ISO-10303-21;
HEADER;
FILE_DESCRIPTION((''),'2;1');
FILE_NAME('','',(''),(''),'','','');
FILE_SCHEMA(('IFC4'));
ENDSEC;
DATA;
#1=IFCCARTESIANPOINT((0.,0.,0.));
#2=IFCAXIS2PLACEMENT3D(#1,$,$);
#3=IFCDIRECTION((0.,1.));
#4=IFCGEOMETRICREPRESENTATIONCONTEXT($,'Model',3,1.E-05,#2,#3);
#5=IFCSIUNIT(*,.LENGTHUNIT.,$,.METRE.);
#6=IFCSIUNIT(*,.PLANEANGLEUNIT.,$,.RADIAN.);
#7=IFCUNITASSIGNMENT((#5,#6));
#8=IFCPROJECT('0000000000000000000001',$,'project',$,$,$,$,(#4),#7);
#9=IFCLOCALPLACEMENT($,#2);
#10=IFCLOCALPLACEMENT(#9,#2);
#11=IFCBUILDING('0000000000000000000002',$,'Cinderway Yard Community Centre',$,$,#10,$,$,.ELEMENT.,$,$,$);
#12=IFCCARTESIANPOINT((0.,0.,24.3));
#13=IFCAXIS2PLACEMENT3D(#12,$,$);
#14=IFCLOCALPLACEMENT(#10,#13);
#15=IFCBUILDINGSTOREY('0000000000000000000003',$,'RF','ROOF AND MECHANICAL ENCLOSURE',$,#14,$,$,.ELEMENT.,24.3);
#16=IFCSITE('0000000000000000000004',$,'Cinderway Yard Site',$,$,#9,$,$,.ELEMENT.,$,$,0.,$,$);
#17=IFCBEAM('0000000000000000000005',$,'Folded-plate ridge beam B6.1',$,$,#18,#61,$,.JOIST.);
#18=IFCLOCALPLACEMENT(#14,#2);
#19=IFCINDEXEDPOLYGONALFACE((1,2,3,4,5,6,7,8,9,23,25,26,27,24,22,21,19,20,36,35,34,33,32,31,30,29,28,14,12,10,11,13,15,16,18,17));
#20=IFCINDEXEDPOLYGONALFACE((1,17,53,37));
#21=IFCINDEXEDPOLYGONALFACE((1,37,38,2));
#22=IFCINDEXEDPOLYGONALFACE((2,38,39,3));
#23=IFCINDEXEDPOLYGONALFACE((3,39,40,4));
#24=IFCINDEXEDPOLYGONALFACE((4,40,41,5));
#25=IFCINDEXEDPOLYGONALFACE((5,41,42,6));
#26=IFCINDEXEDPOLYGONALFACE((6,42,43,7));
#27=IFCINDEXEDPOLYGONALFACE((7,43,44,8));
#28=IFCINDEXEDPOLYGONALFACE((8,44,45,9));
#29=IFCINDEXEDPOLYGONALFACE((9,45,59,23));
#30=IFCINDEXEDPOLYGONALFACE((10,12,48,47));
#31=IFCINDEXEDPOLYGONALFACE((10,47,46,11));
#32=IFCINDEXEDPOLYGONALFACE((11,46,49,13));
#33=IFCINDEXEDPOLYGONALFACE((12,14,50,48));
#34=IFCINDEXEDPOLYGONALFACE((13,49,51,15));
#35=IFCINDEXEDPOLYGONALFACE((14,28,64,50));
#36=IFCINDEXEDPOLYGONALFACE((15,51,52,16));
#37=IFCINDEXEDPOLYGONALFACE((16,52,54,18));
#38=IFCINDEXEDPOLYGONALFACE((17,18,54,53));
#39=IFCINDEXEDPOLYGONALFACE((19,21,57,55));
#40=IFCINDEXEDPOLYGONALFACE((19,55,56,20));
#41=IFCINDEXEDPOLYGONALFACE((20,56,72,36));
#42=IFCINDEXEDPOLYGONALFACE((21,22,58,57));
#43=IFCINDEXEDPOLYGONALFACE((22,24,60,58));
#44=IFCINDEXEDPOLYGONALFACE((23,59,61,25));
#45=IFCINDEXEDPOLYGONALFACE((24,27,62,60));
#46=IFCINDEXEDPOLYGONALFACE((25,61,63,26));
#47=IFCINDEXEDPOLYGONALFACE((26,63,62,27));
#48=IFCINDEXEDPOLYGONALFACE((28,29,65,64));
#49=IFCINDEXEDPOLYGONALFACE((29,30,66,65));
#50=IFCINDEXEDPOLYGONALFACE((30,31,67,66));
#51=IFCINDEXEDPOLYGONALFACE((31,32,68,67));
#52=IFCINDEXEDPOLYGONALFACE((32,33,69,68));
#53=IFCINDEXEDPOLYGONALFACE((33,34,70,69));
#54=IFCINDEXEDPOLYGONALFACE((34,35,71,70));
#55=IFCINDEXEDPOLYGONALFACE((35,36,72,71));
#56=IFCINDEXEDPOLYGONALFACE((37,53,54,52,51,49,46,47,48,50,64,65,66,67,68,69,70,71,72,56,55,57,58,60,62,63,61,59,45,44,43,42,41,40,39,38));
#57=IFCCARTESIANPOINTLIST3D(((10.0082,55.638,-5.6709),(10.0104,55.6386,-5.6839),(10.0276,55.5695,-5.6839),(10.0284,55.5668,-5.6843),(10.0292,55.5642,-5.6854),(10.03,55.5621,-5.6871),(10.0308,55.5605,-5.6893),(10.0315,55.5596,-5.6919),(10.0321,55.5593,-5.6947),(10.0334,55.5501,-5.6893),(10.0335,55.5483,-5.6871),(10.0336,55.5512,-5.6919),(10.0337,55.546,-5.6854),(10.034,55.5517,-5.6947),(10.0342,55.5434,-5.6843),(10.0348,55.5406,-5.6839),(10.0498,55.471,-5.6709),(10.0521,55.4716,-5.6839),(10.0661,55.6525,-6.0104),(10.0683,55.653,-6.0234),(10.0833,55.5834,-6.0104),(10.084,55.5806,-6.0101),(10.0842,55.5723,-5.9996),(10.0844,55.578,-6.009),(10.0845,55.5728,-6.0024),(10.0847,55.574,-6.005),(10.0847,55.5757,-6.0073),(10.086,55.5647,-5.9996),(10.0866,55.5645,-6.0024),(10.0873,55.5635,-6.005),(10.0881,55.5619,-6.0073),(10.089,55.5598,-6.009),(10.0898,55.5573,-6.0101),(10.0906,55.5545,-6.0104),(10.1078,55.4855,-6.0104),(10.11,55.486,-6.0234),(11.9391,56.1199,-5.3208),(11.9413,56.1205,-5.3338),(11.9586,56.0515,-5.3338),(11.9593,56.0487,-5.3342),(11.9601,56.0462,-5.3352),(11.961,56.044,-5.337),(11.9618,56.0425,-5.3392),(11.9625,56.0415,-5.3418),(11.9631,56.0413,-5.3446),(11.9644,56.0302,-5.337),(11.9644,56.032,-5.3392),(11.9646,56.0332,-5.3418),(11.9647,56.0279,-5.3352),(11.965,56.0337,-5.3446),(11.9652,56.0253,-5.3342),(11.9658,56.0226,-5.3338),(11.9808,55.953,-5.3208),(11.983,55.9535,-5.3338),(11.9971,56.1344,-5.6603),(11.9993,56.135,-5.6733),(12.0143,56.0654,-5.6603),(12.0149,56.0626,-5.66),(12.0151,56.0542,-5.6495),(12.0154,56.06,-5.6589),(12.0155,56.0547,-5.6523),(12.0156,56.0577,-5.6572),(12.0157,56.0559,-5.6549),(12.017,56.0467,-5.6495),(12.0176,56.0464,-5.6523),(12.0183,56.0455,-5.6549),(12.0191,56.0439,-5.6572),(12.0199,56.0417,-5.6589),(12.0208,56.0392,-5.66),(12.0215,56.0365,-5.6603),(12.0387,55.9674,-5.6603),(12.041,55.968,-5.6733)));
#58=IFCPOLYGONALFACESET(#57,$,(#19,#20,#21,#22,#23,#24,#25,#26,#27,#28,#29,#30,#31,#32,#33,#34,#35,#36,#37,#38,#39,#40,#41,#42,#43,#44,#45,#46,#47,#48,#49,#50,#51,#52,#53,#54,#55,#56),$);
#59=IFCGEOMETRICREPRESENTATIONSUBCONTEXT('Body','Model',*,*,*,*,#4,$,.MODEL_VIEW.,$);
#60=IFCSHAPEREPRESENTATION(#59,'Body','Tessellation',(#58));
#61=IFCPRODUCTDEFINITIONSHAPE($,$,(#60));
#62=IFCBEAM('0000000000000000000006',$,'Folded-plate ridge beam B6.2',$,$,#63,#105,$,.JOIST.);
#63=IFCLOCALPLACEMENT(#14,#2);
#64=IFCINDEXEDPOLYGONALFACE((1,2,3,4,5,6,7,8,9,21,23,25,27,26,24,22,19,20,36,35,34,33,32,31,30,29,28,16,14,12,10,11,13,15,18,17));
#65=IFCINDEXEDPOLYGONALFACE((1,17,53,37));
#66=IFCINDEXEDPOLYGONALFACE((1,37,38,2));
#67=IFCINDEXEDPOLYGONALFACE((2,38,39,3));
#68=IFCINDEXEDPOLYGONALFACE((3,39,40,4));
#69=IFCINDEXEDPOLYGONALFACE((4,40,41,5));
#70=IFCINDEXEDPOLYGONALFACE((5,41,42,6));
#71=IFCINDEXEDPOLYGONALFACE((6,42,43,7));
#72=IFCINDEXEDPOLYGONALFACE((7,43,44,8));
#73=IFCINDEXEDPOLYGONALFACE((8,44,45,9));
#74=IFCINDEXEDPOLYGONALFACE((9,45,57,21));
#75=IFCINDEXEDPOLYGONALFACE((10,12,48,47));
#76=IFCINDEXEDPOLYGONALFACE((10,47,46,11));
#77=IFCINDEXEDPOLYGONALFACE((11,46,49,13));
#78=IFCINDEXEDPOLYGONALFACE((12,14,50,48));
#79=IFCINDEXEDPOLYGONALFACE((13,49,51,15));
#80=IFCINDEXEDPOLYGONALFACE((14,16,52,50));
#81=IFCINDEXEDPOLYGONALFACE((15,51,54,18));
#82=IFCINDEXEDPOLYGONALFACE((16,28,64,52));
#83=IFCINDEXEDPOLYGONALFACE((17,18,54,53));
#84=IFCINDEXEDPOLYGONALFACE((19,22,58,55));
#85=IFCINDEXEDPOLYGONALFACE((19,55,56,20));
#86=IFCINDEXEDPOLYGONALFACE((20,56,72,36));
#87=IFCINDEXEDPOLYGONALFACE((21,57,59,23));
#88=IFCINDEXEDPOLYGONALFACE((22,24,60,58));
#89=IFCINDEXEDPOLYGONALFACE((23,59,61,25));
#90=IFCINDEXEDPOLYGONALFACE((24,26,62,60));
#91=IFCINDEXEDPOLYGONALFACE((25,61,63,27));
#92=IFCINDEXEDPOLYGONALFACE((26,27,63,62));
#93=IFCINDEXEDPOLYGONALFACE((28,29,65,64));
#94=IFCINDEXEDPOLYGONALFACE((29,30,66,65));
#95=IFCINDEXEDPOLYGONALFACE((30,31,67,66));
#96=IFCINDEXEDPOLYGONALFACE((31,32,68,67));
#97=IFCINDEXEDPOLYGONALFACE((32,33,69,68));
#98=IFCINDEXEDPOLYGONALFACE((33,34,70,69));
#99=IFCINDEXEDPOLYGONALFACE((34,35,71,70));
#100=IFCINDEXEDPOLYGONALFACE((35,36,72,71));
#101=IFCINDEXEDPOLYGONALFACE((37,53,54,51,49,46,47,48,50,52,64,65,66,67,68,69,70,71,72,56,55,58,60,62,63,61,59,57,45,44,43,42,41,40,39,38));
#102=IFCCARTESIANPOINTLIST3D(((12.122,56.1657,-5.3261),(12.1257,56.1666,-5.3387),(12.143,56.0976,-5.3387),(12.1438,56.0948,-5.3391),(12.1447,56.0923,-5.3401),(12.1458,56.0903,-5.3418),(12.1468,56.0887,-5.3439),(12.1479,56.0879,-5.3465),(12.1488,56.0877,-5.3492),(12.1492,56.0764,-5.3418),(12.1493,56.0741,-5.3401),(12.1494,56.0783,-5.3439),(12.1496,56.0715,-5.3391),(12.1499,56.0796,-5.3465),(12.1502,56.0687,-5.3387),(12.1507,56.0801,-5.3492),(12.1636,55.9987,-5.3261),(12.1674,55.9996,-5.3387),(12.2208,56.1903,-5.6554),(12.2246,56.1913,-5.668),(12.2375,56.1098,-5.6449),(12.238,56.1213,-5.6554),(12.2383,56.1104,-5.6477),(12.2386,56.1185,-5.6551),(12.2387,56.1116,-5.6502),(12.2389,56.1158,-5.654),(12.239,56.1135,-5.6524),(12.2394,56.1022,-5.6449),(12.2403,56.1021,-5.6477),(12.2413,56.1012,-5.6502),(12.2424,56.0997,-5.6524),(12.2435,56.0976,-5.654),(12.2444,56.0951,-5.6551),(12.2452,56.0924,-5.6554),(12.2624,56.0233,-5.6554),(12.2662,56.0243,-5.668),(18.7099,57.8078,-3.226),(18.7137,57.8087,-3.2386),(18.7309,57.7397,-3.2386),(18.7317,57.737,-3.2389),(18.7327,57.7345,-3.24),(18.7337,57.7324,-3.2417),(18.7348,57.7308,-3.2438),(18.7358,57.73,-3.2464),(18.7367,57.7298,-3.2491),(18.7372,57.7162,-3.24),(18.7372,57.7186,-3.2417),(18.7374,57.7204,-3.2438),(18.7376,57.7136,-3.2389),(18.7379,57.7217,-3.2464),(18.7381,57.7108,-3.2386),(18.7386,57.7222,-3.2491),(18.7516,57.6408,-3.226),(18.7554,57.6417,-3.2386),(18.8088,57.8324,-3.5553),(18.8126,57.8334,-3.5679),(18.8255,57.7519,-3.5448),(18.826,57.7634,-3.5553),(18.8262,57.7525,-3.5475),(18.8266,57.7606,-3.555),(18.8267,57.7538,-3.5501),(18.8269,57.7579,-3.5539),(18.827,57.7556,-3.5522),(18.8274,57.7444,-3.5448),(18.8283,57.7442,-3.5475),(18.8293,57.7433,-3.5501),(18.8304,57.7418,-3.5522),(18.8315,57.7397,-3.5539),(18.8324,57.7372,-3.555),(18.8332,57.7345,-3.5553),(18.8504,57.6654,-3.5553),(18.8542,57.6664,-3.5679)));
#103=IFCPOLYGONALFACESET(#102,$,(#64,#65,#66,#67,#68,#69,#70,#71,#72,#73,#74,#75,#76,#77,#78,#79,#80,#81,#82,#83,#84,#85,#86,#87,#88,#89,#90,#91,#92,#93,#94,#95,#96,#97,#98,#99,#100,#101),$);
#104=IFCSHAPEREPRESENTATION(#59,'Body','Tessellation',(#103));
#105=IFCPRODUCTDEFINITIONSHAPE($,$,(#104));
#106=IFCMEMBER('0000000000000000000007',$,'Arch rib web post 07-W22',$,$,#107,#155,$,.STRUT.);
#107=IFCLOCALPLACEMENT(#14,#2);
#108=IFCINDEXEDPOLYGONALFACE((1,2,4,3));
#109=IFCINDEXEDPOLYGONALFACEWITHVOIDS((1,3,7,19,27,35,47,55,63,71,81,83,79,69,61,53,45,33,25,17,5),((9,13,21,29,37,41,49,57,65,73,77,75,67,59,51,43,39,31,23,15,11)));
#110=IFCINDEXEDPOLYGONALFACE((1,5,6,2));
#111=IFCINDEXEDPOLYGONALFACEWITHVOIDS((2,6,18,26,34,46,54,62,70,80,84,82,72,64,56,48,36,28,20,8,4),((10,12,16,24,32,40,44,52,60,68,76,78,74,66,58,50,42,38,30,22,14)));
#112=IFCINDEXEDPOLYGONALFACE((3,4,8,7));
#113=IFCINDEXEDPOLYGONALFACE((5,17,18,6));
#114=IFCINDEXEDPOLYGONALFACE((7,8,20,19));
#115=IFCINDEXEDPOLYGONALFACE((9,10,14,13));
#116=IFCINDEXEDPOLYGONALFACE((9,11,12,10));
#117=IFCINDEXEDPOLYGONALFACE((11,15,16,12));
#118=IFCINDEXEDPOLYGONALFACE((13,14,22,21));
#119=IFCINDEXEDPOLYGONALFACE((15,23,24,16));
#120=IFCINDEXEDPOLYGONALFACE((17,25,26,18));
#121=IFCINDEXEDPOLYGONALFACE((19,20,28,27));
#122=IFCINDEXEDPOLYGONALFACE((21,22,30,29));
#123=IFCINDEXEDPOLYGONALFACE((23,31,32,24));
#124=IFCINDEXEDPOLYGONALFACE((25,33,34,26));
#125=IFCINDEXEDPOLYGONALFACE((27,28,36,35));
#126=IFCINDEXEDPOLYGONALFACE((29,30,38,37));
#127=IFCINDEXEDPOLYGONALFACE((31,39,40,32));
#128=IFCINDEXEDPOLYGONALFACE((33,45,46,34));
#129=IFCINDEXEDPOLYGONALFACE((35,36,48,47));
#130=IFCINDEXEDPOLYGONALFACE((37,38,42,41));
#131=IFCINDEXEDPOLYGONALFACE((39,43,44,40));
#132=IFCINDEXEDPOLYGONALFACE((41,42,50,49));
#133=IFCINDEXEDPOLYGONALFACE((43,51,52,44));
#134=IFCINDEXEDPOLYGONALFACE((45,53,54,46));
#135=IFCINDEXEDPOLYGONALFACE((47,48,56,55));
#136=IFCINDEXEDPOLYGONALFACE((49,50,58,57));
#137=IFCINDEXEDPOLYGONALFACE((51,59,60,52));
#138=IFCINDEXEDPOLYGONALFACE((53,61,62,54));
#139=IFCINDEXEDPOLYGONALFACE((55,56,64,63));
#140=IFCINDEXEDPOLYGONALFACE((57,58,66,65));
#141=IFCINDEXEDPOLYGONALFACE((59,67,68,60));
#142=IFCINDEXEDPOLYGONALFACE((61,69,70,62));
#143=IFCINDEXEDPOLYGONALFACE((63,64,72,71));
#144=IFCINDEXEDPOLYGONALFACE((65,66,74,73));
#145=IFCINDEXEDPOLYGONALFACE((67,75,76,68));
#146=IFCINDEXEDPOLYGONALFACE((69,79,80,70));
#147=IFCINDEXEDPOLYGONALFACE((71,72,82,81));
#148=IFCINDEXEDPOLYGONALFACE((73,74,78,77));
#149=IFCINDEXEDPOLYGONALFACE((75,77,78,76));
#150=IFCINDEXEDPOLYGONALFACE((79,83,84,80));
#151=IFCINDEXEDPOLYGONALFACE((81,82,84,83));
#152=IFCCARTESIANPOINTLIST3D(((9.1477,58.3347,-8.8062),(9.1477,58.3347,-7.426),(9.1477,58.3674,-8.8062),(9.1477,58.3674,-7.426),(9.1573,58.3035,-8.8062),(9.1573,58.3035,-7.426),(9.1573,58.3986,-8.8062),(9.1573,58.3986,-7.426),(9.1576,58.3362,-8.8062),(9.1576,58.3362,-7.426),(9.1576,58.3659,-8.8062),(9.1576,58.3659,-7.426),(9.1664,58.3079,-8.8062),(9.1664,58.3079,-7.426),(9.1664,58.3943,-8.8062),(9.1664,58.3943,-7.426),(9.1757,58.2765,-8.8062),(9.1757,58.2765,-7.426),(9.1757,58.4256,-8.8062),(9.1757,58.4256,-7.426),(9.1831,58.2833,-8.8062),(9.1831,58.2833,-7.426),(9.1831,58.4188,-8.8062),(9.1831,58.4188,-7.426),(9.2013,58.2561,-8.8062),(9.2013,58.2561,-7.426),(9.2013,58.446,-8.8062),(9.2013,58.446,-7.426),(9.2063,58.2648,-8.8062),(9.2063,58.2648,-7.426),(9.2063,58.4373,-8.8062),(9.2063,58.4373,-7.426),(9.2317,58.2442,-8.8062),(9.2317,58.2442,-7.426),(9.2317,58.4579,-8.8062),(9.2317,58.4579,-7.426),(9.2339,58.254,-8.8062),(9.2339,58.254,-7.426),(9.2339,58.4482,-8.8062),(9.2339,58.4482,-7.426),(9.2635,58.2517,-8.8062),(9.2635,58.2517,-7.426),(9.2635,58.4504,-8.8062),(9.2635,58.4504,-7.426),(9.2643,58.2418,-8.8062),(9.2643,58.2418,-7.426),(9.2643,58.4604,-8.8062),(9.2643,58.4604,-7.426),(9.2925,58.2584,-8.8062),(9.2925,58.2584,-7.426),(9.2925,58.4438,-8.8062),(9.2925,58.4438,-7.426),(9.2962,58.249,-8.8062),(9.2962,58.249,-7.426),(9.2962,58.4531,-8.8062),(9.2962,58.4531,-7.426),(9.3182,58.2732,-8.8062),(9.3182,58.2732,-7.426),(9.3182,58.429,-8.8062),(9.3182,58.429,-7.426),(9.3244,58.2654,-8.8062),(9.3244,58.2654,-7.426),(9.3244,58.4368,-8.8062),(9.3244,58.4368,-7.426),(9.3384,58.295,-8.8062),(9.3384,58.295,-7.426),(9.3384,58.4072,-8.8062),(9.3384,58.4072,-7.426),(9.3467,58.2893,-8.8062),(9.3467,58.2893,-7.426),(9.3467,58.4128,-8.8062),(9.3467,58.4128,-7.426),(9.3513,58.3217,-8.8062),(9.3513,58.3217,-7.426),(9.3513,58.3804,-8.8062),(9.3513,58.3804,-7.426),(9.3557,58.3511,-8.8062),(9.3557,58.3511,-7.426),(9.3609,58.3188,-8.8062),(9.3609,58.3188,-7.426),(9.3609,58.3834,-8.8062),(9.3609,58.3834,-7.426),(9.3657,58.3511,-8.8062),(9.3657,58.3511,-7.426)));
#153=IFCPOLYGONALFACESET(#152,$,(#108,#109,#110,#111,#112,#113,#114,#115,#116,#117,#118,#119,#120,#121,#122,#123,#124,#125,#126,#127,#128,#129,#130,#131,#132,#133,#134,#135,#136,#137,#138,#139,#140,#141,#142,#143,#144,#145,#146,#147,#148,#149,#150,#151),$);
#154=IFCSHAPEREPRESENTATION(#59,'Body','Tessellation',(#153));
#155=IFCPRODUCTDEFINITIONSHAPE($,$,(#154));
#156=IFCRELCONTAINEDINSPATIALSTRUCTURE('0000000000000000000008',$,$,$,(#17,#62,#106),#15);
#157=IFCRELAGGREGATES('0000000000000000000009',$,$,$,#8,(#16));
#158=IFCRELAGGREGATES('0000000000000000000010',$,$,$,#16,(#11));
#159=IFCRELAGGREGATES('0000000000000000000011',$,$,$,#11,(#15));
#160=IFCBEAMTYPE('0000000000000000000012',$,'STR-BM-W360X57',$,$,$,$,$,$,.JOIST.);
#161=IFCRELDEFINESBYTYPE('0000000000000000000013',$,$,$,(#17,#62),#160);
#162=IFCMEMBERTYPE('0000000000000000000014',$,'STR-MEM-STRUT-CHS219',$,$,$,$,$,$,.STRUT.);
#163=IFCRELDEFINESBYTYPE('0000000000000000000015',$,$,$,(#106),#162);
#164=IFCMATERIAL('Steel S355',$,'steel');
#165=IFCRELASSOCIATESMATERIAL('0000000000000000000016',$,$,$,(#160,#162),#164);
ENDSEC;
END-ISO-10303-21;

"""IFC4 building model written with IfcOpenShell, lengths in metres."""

from ifc_helpers import new_model, si_unit, direction, frame, origin, origin_2d, place, context, subcontext, project, spatial, hollow_circle, i_section, extrude, material, material_profile, profile_set, type_object, element, save


model = new_model("IFC4")

# Units and contexts
model_context = context("Model", 3, precision=1e-05, world=origin(), true_north=direction((0.0, 1.0)))
body_context = subcontext(model_context, "Body", "Model", "MODEL_VIEW")
ifc_project = project(units=[si_unit("LENGTHUNIT", "METRE"), si_unit("PLANEANGLEUNIT", "RADIAN")], contexts=[model_context])

# Site, building, storey
site_placement = place(None, origin())
site = spatial("IfcSite", under=ifc_project, at=site_placement, Name="Cinderway Yard Site", CompositionType="ELEMENT", RefElevation=0.0)
building_placement = place(site_placement, origin())
building = spatial("IfcBuilding", under=site, at=building_placement, Name="Cinderway Yard Community Centre", CompositionType="ELEMENT")
storey_placement = place(building_placement, frame((0.0, 0.0, 24.3)))
storey = spatial("IfcBuildingStorey", under=building, at=storey_placement, Name="RF", Description="ROOF AND MECHANICAL ENCLOSURE", CompositionType="ELEMENT", Elevation=24.3)

# Shared definitions
ifc_material_1 = material(Name="Steel S355", Category="steel")

# Beams
ifc_material_profile_1 = material_profile(ifc_material_1, i_section(OverallWidth=0.1721, OverallDepth=0.3579, WebThickness=0.0078, FlangeThickness=0.0132, FilletRadius=0.011, at=origin_2d()), Name="Steel S355")
ifc_profile_set_1 = profile_set([ifc_material_profile_1], Name="Steel S355")
beam_type_1 = type_object("IfcBeamType", Name="STR-BM-W360X57", PredefinedType="JOIST", material=ifc_profile_set_1)
beam_1_placement = place(storey_placement, frame((10.0591, 55.562, -5.8472), z_axis=(0.955563, 0.238498, 0.173255), x_axis=(-0.24216, 0.970236, 0.0)))
element("IfcBeam", 1, at=beam_1_placement, inside=storey, type_object=beam_type_1, Name="Folded-plate ridge beam B6.1", PredefinedType="JOIST", context=body_context, shape_type="SweptSolid", body=[
    extrude(i_section(OverallWidth=0.1721, OverallDepth=0.3579, WebThickness=0.0078, FlangeThickness=0.0132, FilletRadius=0.011, at=origin_2d()), origin(), (0.0, 0.0, 1.0), 2.0208),
])
beam_2_placement = place(storey_placement, frame((12.1941, 56.095, -5.4971), z_axis=(0.926979, 0.231058, 0.295504), x_axis=(-0.241859, 0.970311, 0.0)))
element("IfcBeam", 2, at=beam_2_placement, inside=storey, type_object=beam_type_1, Name="Folded-plate ridge beam B6.2", PredefinedType="JOIST", context=body_context, shape_type="SweptSolid", body=[
    extrude(i_section(OverallWidth=0.1721, OverallDepth=0.3579, WebThickness=0.0078, FlangeThickness=0.0132, FilletRadius=0.011, at=origin_2d()), origin(), (0.0, 0.0, 1.0), 7.1069),
])

# Member
ifc_material_profile_2 = material_profile(ifc_material_1, hollow_circle(Radius=0.1096, WallThickness=0.01, at=origin_2d()), Name="Steel S355")
ifc_profile_set_2 = profile_set([ifc_material_profile_2], Name="Steel S355")
member_type_1 = type_object("IfcMemberType", Name="STR-MEM-STRUT-CHS219", PredefinedType="STRUT", material=ifc_profile_set_2)
member_1_placement = place(storey_placement, frame((9.2561, 58.3511, -8.8062), z_axis=(0.0, 0.0, 1.0), x_axis=(1.0, 0.0, 0.0)))
element("IfcMember", 3, at=member_1_placement, inside=storey, type_object=member_type_1, Name="Arch rib web post 07-W22", PredefinedType="STRUT", context=body_context, shape_type="SweptSolid", body=[
    extrude(hollow_circle(Radius=0.1096, WallThickness=0.01, at=origin_2d()), origin(), (0.0, 0.0, 1.0), 1.3801),
])

save(model, "model.ifc")
